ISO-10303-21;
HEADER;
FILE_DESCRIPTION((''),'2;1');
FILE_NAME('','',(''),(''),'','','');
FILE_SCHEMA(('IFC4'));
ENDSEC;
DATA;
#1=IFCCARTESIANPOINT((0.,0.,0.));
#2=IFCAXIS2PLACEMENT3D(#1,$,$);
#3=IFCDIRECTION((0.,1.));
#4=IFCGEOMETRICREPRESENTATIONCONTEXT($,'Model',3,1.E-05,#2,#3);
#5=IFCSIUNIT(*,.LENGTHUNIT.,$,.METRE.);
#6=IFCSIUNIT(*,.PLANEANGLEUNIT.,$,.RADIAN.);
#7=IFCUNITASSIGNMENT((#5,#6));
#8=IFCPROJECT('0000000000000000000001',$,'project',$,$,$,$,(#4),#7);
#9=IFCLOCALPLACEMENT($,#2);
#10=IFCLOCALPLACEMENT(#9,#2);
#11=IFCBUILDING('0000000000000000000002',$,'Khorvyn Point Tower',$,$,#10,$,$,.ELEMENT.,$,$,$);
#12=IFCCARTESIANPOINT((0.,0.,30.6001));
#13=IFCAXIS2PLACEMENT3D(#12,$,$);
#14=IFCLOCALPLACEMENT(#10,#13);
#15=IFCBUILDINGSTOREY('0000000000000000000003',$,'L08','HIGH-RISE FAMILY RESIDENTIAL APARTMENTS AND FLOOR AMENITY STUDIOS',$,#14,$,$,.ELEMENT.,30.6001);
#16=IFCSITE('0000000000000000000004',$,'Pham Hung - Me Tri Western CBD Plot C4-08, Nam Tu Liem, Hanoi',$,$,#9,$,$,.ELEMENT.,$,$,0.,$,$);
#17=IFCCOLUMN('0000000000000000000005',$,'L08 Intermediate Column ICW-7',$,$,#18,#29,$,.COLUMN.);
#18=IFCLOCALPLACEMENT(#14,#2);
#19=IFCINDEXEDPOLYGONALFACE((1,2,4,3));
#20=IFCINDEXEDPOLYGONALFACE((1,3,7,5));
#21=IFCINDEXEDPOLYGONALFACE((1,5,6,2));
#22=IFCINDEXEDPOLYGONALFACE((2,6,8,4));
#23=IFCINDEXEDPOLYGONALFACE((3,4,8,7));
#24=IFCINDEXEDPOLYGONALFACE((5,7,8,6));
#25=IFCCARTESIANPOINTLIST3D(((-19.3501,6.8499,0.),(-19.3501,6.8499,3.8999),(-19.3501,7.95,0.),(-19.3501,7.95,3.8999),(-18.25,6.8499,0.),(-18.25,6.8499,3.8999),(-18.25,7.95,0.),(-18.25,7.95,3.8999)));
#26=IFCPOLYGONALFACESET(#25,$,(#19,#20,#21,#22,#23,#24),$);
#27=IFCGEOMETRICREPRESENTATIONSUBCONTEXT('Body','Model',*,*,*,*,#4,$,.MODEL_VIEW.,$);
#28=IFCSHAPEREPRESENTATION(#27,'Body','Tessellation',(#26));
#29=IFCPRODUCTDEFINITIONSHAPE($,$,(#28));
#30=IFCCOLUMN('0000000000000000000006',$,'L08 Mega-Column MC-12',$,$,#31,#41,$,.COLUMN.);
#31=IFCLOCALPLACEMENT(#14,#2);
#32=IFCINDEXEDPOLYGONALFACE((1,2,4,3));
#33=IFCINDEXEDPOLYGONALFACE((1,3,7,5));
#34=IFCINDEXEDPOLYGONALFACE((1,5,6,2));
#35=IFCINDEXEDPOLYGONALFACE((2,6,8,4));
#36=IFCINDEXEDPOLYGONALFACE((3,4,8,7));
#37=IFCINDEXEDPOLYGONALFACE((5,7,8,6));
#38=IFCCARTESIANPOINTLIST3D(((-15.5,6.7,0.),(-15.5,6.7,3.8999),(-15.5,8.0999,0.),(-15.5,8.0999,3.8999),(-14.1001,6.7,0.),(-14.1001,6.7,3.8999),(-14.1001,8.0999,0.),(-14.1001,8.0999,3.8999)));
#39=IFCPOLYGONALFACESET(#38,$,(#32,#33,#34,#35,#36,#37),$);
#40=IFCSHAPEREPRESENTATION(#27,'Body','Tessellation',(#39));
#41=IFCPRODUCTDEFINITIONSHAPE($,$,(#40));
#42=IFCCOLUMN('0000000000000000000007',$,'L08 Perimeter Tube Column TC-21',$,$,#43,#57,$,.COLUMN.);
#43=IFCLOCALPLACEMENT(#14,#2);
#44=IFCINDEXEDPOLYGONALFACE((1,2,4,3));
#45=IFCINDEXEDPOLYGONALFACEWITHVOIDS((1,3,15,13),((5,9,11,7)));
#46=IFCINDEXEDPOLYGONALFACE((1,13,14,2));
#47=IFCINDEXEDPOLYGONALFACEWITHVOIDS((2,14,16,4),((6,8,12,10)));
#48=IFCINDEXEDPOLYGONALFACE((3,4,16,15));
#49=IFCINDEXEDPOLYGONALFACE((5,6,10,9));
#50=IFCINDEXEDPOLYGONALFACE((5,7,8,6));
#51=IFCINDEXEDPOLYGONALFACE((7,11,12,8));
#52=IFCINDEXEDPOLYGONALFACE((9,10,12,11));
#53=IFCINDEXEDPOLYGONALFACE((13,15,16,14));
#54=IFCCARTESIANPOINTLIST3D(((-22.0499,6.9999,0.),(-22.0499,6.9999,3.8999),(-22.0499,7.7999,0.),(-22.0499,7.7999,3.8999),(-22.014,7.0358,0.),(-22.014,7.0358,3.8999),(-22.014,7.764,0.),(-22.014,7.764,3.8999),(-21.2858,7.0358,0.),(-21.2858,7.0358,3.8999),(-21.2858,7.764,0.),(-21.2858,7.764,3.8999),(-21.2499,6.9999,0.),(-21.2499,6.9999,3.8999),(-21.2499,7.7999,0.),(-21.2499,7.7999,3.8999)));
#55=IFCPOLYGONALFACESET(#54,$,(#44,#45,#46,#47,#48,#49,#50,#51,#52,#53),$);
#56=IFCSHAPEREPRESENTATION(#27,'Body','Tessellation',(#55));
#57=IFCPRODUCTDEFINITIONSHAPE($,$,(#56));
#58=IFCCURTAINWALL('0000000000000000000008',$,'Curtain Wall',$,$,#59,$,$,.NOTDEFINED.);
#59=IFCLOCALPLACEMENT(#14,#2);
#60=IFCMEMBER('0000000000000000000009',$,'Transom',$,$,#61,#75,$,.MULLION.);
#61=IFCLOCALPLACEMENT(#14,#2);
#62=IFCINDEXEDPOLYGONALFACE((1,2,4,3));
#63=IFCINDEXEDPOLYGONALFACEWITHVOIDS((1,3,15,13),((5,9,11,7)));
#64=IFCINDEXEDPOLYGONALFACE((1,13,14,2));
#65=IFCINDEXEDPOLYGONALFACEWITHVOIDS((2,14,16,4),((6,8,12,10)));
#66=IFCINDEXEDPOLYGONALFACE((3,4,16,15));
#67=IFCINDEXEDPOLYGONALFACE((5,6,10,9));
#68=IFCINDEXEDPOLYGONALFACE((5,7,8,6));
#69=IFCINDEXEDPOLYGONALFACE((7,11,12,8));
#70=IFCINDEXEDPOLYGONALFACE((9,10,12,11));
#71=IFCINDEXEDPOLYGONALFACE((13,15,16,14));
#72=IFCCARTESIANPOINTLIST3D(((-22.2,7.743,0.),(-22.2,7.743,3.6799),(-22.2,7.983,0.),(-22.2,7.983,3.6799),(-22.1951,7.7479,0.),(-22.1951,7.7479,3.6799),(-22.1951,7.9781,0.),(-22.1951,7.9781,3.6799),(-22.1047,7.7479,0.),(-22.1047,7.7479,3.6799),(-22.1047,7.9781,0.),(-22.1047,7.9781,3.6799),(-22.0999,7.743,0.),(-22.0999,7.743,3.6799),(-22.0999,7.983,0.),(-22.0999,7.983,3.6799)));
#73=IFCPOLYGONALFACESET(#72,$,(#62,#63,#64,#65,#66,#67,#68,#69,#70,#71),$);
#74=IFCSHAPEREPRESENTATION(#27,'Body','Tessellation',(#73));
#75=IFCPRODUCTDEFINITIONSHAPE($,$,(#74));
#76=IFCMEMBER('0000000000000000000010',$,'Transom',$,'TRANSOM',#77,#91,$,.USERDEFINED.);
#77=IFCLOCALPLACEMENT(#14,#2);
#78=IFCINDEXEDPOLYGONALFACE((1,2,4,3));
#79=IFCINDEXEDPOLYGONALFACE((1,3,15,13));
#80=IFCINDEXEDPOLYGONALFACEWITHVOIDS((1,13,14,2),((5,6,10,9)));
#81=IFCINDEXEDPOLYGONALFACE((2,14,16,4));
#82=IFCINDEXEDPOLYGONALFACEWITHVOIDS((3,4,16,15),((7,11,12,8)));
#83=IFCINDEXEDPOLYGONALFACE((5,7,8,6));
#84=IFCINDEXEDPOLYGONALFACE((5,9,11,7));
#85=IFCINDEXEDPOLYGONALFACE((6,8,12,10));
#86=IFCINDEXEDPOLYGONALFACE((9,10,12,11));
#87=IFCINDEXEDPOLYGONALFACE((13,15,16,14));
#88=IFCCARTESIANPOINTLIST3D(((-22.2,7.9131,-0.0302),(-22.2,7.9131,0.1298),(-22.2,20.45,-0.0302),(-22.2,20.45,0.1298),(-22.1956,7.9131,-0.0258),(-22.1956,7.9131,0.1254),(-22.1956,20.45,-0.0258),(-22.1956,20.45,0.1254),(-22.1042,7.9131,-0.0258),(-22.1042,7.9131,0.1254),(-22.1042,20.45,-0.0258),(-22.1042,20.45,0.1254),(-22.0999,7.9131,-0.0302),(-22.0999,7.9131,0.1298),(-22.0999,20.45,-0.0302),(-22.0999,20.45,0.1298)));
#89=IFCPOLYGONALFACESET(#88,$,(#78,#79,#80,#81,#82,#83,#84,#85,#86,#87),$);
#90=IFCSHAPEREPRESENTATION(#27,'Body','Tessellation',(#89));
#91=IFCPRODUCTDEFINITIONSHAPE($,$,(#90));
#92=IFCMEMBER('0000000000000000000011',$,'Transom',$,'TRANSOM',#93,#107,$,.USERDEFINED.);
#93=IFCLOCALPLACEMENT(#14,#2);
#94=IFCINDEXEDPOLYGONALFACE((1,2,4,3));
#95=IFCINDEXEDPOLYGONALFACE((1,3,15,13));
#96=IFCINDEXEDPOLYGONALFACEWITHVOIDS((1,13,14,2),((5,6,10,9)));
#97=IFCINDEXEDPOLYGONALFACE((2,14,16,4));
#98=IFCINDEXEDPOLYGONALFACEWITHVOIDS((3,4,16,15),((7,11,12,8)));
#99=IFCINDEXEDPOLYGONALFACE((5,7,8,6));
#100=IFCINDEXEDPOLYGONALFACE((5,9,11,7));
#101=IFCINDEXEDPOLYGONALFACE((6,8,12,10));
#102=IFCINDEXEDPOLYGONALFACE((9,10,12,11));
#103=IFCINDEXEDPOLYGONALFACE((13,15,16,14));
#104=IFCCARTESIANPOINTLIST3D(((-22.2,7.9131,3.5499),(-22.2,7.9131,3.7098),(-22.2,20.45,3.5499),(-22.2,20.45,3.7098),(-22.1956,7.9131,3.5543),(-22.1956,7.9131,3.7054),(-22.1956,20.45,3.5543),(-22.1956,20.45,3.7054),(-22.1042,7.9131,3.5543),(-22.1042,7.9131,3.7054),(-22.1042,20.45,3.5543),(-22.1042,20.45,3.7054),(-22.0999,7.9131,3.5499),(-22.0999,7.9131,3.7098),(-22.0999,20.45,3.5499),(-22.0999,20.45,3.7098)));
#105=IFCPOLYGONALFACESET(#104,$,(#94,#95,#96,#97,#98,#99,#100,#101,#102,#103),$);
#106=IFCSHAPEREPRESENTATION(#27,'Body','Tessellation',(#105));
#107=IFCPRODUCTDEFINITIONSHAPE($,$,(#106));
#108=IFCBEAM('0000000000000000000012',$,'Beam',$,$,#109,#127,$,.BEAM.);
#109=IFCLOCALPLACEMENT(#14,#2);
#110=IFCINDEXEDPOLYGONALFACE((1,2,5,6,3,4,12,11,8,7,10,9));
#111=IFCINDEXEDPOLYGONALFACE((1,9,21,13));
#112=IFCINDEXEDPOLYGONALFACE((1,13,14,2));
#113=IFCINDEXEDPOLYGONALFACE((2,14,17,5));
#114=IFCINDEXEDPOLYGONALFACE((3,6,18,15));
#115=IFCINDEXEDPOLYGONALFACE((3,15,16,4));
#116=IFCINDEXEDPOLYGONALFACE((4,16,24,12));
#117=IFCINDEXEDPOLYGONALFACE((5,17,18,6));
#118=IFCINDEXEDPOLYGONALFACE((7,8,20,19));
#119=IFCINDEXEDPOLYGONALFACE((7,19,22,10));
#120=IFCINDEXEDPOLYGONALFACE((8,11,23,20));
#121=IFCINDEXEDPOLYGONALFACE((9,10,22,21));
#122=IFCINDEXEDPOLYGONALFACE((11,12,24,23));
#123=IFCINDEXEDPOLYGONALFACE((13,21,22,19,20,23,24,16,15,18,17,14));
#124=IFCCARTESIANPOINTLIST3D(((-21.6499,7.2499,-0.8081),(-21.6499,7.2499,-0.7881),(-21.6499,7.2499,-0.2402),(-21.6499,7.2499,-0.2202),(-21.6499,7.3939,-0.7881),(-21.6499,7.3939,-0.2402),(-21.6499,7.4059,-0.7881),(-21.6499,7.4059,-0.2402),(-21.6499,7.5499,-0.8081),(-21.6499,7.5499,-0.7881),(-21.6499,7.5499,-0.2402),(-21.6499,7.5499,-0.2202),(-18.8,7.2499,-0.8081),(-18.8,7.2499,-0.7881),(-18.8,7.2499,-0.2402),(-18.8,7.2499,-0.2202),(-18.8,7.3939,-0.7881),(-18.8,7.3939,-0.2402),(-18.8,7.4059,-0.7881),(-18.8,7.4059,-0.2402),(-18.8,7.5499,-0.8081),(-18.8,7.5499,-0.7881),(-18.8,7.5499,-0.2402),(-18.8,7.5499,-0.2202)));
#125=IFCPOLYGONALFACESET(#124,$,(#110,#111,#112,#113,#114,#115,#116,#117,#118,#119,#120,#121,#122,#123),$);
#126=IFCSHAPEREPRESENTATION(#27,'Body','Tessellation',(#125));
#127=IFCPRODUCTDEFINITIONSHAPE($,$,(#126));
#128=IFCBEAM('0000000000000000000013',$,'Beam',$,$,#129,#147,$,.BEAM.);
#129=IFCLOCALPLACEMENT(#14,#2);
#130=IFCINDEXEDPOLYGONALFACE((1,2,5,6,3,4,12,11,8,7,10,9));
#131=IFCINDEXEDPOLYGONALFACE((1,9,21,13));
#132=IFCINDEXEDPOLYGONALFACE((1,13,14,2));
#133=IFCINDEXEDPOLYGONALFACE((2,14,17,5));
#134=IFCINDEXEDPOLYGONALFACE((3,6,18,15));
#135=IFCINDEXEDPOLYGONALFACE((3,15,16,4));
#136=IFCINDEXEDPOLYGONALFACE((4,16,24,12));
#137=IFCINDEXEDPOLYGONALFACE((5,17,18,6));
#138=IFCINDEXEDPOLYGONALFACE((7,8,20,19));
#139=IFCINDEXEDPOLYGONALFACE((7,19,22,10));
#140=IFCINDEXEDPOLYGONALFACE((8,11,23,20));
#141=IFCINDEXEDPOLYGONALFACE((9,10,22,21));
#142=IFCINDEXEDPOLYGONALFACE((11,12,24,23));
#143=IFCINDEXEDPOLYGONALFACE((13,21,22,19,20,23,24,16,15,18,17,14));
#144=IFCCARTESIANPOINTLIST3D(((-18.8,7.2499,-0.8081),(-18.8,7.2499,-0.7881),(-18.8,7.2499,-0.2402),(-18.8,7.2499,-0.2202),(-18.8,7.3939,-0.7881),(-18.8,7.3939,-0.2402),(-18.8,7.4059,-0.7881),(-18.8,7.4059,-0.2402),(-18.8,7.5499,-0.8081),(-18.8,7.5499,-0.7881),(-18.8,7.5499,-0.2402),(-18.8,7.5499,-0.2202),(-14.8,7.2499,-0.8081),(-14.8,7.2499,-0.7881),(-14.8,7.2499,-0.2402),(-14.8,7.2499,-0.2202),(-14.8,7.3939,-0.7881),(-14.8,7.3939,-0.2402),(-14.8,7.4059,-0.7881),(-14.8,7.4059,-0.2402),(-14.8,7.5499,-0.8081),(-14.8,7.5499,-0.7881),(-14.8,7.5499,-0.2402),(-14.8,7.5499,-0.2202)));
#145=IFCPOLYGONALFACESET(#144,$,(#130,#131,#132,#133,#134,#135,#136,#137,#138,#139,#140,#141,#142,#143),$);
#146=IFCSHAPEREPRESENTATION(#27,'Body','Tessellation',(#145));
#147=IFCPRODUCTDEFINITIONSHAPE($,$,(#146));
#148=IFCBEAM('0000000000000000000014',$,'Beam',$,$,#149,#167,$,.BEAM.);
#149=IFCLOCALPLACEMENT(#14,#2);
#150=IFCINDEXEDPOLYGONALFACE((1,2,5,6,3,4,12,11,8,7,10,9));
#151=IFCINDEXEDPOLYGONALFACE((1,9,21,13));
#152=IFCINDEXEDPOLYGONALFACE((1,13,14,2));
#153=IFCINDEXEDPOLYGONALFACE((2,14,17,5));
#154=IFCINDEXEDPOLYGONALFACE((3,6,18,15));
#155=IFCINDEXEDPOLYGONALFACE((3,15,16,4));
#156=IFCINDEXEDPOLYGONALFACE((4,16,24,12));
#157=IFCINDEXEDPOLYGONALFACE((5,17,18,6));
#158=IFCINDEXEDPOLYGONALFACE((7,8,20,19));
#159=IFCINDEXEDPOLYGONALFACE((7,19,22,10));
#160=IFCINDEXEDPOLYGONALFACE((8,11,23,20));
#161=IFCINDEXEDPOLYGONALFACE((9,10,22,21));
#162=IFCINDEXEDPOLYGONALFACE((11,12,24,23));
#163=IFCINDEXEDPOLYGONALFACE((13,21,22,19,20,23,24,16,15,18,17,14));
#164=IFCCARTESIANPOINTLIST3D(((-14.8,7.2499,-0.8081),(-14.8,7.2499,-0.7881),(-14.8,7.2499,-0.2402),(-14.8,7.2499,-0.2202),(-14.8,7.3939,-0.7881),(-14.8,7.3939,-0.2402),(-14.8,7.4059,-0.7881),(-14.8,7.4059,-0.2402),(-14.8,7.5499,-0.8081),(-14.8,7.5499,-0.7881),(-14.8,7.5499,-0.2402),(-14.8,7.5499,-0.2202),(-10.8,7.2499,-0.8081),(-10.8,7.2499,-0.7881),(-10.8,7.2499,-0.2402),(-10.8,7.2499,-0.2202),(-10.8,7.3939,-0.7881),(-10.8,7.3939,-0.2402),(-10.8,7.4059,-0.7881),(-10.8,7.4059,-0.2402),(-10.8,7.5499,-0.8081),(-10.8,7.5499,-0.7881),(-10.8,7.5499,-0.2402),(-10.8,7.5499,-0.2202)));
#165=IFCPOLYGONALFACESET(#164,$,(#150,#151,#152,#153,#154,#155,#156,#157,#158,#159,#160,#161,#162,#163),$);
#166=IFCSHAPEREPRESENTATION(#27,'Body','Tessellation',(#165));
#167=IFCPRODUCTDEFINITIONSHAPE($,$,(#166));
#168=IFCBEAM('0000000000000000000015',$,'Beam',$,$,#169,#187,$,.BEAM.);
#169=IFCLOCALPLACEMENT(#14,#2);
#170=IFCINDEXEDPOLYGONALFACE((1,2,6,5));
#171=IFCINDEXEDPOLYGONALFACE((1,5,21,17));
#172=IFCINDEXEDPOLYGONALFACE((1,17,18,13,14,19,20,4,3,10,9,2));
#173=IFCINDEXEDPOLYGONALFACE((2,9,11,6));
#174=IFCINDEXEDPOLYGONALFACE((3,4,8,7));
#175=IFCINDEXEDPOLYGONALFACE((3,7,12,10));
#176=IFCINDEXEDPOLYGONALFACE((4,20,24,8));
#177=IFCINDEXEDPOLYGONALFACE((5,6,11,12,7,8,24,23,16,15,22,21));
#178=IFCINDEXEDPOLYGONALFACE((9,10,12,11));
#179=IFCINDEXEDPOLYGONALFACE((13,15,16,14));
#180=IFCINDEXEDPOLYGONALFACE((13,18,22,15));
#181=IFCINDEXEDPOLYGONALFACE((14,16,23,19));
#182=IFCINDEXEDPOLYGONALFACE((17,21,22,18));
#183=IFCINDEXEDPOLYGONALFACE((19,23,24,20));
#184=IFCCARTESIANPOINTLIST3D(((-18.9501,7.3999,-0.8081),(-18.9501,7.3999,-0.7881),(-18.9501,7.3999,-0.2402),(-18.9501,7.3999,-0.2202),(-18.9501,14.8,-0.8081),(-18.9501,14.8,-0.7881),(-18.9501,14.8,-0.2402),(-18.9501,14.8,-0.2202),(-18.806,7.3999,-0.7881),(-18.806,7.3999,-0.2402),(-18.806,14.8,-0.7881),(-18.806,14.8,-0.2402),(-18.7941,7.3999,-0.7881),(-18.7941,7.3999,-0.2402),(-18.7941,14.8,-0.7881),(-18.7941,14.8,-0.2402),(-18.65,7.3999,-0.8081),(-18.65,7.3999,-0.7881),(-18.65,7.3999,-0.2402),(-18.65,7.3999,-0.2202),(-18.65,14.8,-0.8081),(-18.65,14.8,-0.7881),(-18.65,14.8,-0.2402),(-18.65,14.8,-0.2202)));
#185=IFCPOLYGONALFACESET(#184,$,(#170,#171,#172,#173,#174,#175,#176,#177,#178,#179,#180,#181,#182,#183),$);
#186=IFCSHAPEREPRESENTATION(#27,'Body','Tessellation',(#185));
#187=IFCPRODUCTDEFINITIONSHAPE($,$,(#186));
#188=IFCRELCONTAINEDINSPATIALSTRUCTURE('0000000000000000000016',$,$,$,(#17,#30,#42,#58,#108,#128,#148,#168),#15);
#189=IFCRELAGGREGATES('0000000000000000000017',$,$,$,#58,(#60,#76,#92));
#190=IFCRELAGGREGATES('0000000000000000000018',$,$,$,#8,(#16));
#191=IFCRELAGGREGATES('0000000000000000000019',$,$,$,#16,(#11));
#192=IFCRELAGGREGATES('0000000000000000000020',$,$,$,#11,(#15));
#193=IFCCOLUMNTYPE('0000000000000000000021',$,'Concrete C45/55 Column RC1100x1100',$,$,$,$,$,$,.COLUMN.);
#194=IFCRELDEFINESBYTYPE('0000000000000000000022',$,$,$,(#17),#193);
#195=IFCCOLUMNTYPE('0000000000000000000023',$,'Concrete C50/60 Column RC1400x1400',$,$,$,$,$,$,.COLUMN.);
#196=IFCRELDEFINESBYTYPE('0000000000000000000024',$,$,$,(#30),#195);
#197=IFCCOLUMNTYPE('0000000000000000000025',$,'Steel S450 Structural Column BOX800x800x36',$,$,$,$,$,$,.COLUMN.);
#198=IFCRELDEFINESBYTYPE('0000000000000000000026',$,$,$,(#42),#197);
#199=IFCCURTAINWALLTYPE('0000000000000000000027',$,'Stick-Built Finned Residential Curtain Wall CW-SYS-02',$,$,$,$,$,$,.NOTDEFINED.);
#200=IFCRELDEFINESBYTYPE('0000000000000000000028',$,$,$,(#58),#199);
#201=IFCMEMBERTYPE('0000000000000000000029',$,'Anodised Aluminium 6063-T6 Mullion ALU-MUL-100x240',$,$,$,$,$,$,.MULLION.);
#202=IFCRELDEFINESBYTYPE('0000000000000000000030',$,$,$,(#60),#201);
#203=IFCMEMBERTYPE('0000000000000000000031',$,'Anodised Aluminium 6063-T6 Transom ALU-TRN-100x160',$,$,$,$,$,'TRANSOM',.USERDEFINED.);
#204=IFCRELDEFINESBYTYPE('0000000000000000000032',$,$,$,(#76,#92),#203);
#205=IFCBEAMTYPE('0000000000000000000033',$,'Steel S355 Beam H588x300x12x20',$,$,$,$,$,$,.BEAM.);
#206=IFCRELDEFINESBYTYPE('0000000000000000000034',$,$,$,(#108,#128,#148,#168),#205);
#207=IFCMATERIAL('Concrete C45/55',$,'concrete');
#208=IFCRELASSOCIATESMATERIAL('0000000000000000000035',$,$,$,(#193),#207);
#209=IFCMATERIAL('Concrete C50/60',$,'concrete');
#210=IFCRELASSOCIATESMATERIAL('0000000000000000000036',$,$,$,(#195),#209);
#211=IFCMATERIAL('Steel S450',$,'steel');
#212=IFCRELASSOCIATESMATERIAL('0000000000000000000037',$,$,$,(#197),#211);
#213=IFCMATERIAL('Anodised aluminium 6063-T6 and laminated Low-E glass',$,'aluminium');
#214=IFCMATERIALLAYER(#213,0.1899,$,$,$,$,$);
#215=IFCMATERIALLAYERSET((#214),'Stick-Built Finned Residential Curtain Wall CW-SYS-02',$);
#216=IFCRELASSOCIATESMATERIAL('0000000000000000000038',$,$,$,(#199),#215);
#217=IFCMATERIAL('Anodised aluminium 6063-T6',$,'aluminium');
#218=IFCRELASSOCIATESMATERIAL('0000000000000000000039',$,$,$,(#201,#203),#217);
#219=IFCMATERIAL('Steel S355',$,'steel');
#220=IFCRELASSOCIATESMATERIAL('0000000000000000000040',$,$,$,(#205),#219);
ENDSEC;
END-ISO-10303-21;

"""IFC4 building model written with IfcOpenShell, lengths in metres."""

from ifc_helpers import new_model, si_unit, direction, frame, origin, origin_2d, place, context, subcontext, project, spatial, rectangle, hollow_rectangle, i_section, extrude, material, layer, layer_set, material_profile, profile_set, type_object, element, aggregate, save


model = new_model("IFC4")

# Units and contexts
model_context = context("Model", 3, precision=1e-05, world=origin(), true_north=direction((0.0, 1.0)))
body_context = subcontext(model_context, "Body", "Model", "MODEL_VIEW")
ifc_project = project(units=[si_unit("LENGTHUNIT", "METRE"), si_unit("PLANEANGLEUNIT", "RADIAN")], contexts=[model_context])

# Site, building, storey
site_placement = place(None, origin())
site = spatial("IfcSite", under=ifc_project, at=site_placement, Name="Pham Hung - Me Tri Western CBD Plot C4-08, Nam Tu Liem, Hanoi", CompositionType="ELEMENT", RefElevation=0.0)
building_placement = place(site_placement, origin())
building = spatial("IfcBuilding", under=site, at=building_placement, Name="Khorvyn Point Tower", CompositionType="ELEMENT")
storey_placement = place(building_placement, frame((0.0, 0.0, 30.6001)))
storey = spatial("IfcBuildingStorey", under=building, at=storey_placement, Name="L08", Description="HIGH-RISE FAMILY RESIDENTIAL APARTMENTS AND FLOOR AMENITY STUDIOS", CompositionType="ELEMENT", Elevation=30.6001)

# Columns
ifc_material_1 = material(Name="Concrete C45/55", Category="concrete")
ifc_material_profile_1 = material_profile(ifc_material_1, rectangle(XDim=1.1001, YDim=1.1001, at=origin_2d()))
ifc_profile_set_1 = profile_set([ifc_material_profile_1], Name="Concrete C45/55 RC1100x1100")
column_type_1 = type_object("IfcColumnType", Name="Concrete C45/55 Column RC1100x1100", PredefinedType="COLUMN", material=ifc_profile_set_1)
column_1_placement = place(storey_placement, frame((-18.8, 7.3999, 0.0), z_axis=(0.0, 0.0, 1.0), x_axis=(1.0, 0.0, 0.0)))
element("IfcColumn", 1, at=column_1_placement, inside=storey, type_object=column_type_1, Name="L08 Intermediate Column ICW-7", PredefinedType="COLUMN", context=body_context, shape_type="SweptSolid", body=[
    extrude(rectangle(XDim=1.1001, YDim=1.1001, at=origin_2d()), origin(), (0.0, 0.0, 1.0), 3.8999),
])
ifc_material_2 = material(Name="Concrete C50/60", Category="concrete")
ifc_material_profile_2 = material_profile(ifc_material_2, rectangle(XDim=1.3999, YDim=1.3999, at=origin_2d()))
ifc_profile_set_2 = profile_set([ifc_material_profile_2], Name="Concrete C50/60 RC1400x1400")
column_type_2 = type_object("IfcColumnType", Name="Concrete C50/60 Column RC1400x1400", PredefinedType="COLUMN", material=ifc_profile_set_2)
column_2_placement = place(storey_placement, frame((-14.8, 7.3999, 0.0), z_axis=(0.0, 0.0, 1.0), x_axis=(1.0, 0.0, 0.0)))
element("IfcColumn", 2, at=column_2_placement, inside=storey, type_object=column_type_2, Name="L08 Mega-Column MC-12", PredefinedType="COLUMN", context=body_context, shape_type="SweptSolid", body=[
    extrude(rectangle(XDim=1.3999, YDim=1.3999, at=origin_2d()), origin(), (0.0, 0.0, 1.0), 3.8999),
])
ifc_material_3 = material(Name="Steel S450", Category="steel")
ifc_material_profile_3 = material_profile(ifc_material_3, hollow_rectangle(XDim=0.8, YDim=0.8, WallThickness=0.0359, at=origin_2d()))
ifc_profile_set_3 = profile_set([ifc_material_profile_3], Name="Steel S450 BOX800x800x36")
column_type_3 = type_object("IfcColumnType", Name="Steel S450 Structural Column BOX800x800x36", PredefinedType="COLUMN", material=ifc_profile_set_3)
column_3_placement = place(storey_placement, frame((-21.6499, 7.3999, 0.0), z_axis=(0.0, 0.0, 1.0), x_axis=(1.0, 0.0, 0.0)))
element("IfcColumn", 3, at=column_3_placement, inside=storey, type_object=column_type_3, Name="L08 Perimeter Tube Column TC-21", PredefinedType="COLUMN", context=body_context, shape_type="SweptSolid", body=[
    extrude(hollow_rectangle(XDim=0.8, YDim=0.8, WallThickness=0.0359, at=origin_2d()), origin(), (0.0, 0.0, 1.0), 3.8999),
])

# Curtain wall, members
ifc_material_4 = material(Name="Anodised aluminium 6063-T6 and laminated Low-E glass", Category="aluminium")
ifc_layer_1 = layer(ifc_material_4, 0.1899)
ifc_layer_set_1 = layer_set([ifc_layer_1], Name="Stick-Built Finned Residential Curtain Wall CW-SYS-02")
curtain_wall_type = type_object("IfcCurtainWallType", Name="Stick-Built Finned Residential Curtain Wall CW-SYS-02", PredefinedType="NOTDEFINED", material=ifc_layer_set_1)
curtain_wall_placement = place(storey_placement, origin())
curtain_wall = element("IfcCurtainWall", 4, at=curtain_wall_placement, inside=storey, type_object=curtain_wall_type, Name="Curtain Wall", PredefinedType="NOTDEFINED")
ifc_material_5 = material(Name="Anodised aluminium 6063-T6", Category="aluminium")
ifc_material_profile_4 = material_profile(ifc_material_5, hollow_rectangle(XDim=0.1001, YDim=0.24, WallThickness=0.0049, at=origin_2d()))
ifc_profile_set_4 = profile_set([ifc_material_profile_4], Name="Anodised aluminium 6063-T6 ALU-MUL-100x240")
member_type_1 = type_object("IfcMemberType", Name="Anodised Aluminium 6063-T6 Mullion ALU-MUL-100x240", PredefinedType="MULLION", material=ifc_profile_set_4)
member_1_placement = place(storey_placement, frame((-22.1499, 7.863, 0.0), z_axis=(0.0, 0.0, 1.0), x_axis=(-1.0, 0.0, 0.0)))
member_1 = element("IfcMember", 5, at=member_1_placement, type_object=member_type_1, Name="Transom", PredefinedType="MULLION", context=body_context, shape_type="SweptSolid", body=[
    extrude(hollow_rectangle(XDim=0.1001, YDim=0.24, WallThickness=0.0049, at=origin_2d()), origin(), (0.0, 0.0, 1.0), 3.6799),
])
ifc_material_profile_5 = material_profile(ifc_material_5, hollow_rectangle(XDim=0.1001, YDim=0.1599, WallThickness=0.0044, at=origin_2d()))
ifc_profile_set_5 = profile_set([ifc_material_profile_5], Name="Anodised aluminium 6063-T6 ALU-TRN-100x160")
member_type_2 = type_object("IfcMemberType", Name="Anodised Aluminium 6063-T6 Transom ALU-TRN-100x160", ElementType="TRANSOM", PredefinedType="USERDEFINED", material=ifc_profile_set_5)
member_2_placement = place(storey_placement, frame((-22.1499, 7.9131, 0.0498), z_axis=(0.0, 1.0, 0.0), x_axis=(-1.0, 0.0, 0.0)))
member_2 = element("IfcMember", 6, at=member_2_placement, type_object=member_type_2, Name="Transom", ObjectType="TRANSOM", PredefinedType="USERDEFINED", context=body_context, shape_type="SweptSolid", body=[
    extrude(hollow_rectangle(XDim=0.1001, YDim=0.1599, WallThickness=0.0044, at=origin_2d()), origin(), (0.0, 0.0, 1.0), 12.5369),
])
member_3_placement = place(storey_placement, frame((-22.1499, 7.9131, 3.6299), z_axis=(0.0, 1.0, 0.0), x_axis=(-1.0, 0.0, 0.0)))
member_3 = element("IfcMember", 7, at=member_3_placement, type_object=member_type_2, Name="Transom", ObjectType="TRANSOM", PredefinedType="USERDEFINED", context=body_context, shape_type="SweptSolid", body=[
    extrude(hollow_rectangle(XDim=0.1001, YDim=0.1599, WallThickness=0.0044, at=origin_2d()), origin(), (0.0, 0.0, 1.0), 12.5369),
])

# Beams
ifc_material_6 = material(Name="Steel S355", Category="steel")
ifc_material_profile_6 = material_profile(ifc_material_6, i_section(OverallWidth=0.3, OverallDepth=0.5879, WebThickness=0.012, FlangeThickness=0.02, at=origin_2d()))
ifc_profile_set_6 = profile_set([ifc_material_profile_6], Name="Steel S355 H588x300x12x20")
beam_type_1 = type_object("IfcBeamType", Name="Steel S355 Beam H588x300x12x20", PredefinedType="BEAM", material=ifc_profile_set_6)
beam_1_placement = place(storey_placement, frame((-21.6499, 7.3999, -0.5142), z_axis=(1.0, 0.0, 0.0), x_axis=(0.0, 1.0, 0.0)))
element("IfcBeam", 8, at=beam_1_placement, inside=storey, type_object=beam_type_1, Name="Beam", PredefinedType="BEAM", context=body_context, shape_type="SweptSolid", body=[
    extrude(i_section(OverallWidth=0.3, OverallDepth=0.5879, WebThickness=0.012, FlangeThickness=0.02, at=origin_2d()), origin(), (0.0, 0.0, 1.0), 2.8499),
])
for number, where, z_axis, x_axis, name in (
    (9, (-18.8, 7.3999, -0.5142), (1.0, 0.0, 0.0), (0.0, 1.0, 0.0), "Beam"),
    (10, (-14.8, 7.3999, -0.5142), (1.0, 0.0, 0.0), (0.0, 1.0, 0.0), "Beam"),
):
    element("IfcBeam", number, at=place(storey_placement, frame(where, z_axis=z_axis, x_axis=x_axis)), inside=storey, type_object=beam_type_1, Name=name, PredefinedType="BEAM", context=body_context, shape_type="SweptSolid", body=[
        extrude(i_section(OverallWidth=0.3, OverallDepth=0.5879, WebThickness=0.012, FlangeThickness=0.02, at=origin_2d()), origin(), (0.0, 0.0, 1.0), 4.0),
    ])
beam_2_placement = place(storey_placement, frame((-18.8, 7.3999, -0.5142), z_axis=(0.0, 1.0, 0.0), x_axis=(-1.0, 0.0, 0.0)))
element("IfcBeam", 11, at=beam_2_placement, inside=storey, type_object=beam_type_1, Name="Beam", PredefinedType="BEAM", context=body_context, shape_type="SweptSolid", body=[
    extrude(i_section(OverallWidth=0.3, OverallDepth=0.5879, WebThickness=0.012, FlangeThickness=0.02, at=origin_2d()), origin(), (0.0, 0.0, 1.0), 7.4001),
])

aggregate(curtain_wall, [member_1, member_2, member_3])

save(model, "model.ifc")
